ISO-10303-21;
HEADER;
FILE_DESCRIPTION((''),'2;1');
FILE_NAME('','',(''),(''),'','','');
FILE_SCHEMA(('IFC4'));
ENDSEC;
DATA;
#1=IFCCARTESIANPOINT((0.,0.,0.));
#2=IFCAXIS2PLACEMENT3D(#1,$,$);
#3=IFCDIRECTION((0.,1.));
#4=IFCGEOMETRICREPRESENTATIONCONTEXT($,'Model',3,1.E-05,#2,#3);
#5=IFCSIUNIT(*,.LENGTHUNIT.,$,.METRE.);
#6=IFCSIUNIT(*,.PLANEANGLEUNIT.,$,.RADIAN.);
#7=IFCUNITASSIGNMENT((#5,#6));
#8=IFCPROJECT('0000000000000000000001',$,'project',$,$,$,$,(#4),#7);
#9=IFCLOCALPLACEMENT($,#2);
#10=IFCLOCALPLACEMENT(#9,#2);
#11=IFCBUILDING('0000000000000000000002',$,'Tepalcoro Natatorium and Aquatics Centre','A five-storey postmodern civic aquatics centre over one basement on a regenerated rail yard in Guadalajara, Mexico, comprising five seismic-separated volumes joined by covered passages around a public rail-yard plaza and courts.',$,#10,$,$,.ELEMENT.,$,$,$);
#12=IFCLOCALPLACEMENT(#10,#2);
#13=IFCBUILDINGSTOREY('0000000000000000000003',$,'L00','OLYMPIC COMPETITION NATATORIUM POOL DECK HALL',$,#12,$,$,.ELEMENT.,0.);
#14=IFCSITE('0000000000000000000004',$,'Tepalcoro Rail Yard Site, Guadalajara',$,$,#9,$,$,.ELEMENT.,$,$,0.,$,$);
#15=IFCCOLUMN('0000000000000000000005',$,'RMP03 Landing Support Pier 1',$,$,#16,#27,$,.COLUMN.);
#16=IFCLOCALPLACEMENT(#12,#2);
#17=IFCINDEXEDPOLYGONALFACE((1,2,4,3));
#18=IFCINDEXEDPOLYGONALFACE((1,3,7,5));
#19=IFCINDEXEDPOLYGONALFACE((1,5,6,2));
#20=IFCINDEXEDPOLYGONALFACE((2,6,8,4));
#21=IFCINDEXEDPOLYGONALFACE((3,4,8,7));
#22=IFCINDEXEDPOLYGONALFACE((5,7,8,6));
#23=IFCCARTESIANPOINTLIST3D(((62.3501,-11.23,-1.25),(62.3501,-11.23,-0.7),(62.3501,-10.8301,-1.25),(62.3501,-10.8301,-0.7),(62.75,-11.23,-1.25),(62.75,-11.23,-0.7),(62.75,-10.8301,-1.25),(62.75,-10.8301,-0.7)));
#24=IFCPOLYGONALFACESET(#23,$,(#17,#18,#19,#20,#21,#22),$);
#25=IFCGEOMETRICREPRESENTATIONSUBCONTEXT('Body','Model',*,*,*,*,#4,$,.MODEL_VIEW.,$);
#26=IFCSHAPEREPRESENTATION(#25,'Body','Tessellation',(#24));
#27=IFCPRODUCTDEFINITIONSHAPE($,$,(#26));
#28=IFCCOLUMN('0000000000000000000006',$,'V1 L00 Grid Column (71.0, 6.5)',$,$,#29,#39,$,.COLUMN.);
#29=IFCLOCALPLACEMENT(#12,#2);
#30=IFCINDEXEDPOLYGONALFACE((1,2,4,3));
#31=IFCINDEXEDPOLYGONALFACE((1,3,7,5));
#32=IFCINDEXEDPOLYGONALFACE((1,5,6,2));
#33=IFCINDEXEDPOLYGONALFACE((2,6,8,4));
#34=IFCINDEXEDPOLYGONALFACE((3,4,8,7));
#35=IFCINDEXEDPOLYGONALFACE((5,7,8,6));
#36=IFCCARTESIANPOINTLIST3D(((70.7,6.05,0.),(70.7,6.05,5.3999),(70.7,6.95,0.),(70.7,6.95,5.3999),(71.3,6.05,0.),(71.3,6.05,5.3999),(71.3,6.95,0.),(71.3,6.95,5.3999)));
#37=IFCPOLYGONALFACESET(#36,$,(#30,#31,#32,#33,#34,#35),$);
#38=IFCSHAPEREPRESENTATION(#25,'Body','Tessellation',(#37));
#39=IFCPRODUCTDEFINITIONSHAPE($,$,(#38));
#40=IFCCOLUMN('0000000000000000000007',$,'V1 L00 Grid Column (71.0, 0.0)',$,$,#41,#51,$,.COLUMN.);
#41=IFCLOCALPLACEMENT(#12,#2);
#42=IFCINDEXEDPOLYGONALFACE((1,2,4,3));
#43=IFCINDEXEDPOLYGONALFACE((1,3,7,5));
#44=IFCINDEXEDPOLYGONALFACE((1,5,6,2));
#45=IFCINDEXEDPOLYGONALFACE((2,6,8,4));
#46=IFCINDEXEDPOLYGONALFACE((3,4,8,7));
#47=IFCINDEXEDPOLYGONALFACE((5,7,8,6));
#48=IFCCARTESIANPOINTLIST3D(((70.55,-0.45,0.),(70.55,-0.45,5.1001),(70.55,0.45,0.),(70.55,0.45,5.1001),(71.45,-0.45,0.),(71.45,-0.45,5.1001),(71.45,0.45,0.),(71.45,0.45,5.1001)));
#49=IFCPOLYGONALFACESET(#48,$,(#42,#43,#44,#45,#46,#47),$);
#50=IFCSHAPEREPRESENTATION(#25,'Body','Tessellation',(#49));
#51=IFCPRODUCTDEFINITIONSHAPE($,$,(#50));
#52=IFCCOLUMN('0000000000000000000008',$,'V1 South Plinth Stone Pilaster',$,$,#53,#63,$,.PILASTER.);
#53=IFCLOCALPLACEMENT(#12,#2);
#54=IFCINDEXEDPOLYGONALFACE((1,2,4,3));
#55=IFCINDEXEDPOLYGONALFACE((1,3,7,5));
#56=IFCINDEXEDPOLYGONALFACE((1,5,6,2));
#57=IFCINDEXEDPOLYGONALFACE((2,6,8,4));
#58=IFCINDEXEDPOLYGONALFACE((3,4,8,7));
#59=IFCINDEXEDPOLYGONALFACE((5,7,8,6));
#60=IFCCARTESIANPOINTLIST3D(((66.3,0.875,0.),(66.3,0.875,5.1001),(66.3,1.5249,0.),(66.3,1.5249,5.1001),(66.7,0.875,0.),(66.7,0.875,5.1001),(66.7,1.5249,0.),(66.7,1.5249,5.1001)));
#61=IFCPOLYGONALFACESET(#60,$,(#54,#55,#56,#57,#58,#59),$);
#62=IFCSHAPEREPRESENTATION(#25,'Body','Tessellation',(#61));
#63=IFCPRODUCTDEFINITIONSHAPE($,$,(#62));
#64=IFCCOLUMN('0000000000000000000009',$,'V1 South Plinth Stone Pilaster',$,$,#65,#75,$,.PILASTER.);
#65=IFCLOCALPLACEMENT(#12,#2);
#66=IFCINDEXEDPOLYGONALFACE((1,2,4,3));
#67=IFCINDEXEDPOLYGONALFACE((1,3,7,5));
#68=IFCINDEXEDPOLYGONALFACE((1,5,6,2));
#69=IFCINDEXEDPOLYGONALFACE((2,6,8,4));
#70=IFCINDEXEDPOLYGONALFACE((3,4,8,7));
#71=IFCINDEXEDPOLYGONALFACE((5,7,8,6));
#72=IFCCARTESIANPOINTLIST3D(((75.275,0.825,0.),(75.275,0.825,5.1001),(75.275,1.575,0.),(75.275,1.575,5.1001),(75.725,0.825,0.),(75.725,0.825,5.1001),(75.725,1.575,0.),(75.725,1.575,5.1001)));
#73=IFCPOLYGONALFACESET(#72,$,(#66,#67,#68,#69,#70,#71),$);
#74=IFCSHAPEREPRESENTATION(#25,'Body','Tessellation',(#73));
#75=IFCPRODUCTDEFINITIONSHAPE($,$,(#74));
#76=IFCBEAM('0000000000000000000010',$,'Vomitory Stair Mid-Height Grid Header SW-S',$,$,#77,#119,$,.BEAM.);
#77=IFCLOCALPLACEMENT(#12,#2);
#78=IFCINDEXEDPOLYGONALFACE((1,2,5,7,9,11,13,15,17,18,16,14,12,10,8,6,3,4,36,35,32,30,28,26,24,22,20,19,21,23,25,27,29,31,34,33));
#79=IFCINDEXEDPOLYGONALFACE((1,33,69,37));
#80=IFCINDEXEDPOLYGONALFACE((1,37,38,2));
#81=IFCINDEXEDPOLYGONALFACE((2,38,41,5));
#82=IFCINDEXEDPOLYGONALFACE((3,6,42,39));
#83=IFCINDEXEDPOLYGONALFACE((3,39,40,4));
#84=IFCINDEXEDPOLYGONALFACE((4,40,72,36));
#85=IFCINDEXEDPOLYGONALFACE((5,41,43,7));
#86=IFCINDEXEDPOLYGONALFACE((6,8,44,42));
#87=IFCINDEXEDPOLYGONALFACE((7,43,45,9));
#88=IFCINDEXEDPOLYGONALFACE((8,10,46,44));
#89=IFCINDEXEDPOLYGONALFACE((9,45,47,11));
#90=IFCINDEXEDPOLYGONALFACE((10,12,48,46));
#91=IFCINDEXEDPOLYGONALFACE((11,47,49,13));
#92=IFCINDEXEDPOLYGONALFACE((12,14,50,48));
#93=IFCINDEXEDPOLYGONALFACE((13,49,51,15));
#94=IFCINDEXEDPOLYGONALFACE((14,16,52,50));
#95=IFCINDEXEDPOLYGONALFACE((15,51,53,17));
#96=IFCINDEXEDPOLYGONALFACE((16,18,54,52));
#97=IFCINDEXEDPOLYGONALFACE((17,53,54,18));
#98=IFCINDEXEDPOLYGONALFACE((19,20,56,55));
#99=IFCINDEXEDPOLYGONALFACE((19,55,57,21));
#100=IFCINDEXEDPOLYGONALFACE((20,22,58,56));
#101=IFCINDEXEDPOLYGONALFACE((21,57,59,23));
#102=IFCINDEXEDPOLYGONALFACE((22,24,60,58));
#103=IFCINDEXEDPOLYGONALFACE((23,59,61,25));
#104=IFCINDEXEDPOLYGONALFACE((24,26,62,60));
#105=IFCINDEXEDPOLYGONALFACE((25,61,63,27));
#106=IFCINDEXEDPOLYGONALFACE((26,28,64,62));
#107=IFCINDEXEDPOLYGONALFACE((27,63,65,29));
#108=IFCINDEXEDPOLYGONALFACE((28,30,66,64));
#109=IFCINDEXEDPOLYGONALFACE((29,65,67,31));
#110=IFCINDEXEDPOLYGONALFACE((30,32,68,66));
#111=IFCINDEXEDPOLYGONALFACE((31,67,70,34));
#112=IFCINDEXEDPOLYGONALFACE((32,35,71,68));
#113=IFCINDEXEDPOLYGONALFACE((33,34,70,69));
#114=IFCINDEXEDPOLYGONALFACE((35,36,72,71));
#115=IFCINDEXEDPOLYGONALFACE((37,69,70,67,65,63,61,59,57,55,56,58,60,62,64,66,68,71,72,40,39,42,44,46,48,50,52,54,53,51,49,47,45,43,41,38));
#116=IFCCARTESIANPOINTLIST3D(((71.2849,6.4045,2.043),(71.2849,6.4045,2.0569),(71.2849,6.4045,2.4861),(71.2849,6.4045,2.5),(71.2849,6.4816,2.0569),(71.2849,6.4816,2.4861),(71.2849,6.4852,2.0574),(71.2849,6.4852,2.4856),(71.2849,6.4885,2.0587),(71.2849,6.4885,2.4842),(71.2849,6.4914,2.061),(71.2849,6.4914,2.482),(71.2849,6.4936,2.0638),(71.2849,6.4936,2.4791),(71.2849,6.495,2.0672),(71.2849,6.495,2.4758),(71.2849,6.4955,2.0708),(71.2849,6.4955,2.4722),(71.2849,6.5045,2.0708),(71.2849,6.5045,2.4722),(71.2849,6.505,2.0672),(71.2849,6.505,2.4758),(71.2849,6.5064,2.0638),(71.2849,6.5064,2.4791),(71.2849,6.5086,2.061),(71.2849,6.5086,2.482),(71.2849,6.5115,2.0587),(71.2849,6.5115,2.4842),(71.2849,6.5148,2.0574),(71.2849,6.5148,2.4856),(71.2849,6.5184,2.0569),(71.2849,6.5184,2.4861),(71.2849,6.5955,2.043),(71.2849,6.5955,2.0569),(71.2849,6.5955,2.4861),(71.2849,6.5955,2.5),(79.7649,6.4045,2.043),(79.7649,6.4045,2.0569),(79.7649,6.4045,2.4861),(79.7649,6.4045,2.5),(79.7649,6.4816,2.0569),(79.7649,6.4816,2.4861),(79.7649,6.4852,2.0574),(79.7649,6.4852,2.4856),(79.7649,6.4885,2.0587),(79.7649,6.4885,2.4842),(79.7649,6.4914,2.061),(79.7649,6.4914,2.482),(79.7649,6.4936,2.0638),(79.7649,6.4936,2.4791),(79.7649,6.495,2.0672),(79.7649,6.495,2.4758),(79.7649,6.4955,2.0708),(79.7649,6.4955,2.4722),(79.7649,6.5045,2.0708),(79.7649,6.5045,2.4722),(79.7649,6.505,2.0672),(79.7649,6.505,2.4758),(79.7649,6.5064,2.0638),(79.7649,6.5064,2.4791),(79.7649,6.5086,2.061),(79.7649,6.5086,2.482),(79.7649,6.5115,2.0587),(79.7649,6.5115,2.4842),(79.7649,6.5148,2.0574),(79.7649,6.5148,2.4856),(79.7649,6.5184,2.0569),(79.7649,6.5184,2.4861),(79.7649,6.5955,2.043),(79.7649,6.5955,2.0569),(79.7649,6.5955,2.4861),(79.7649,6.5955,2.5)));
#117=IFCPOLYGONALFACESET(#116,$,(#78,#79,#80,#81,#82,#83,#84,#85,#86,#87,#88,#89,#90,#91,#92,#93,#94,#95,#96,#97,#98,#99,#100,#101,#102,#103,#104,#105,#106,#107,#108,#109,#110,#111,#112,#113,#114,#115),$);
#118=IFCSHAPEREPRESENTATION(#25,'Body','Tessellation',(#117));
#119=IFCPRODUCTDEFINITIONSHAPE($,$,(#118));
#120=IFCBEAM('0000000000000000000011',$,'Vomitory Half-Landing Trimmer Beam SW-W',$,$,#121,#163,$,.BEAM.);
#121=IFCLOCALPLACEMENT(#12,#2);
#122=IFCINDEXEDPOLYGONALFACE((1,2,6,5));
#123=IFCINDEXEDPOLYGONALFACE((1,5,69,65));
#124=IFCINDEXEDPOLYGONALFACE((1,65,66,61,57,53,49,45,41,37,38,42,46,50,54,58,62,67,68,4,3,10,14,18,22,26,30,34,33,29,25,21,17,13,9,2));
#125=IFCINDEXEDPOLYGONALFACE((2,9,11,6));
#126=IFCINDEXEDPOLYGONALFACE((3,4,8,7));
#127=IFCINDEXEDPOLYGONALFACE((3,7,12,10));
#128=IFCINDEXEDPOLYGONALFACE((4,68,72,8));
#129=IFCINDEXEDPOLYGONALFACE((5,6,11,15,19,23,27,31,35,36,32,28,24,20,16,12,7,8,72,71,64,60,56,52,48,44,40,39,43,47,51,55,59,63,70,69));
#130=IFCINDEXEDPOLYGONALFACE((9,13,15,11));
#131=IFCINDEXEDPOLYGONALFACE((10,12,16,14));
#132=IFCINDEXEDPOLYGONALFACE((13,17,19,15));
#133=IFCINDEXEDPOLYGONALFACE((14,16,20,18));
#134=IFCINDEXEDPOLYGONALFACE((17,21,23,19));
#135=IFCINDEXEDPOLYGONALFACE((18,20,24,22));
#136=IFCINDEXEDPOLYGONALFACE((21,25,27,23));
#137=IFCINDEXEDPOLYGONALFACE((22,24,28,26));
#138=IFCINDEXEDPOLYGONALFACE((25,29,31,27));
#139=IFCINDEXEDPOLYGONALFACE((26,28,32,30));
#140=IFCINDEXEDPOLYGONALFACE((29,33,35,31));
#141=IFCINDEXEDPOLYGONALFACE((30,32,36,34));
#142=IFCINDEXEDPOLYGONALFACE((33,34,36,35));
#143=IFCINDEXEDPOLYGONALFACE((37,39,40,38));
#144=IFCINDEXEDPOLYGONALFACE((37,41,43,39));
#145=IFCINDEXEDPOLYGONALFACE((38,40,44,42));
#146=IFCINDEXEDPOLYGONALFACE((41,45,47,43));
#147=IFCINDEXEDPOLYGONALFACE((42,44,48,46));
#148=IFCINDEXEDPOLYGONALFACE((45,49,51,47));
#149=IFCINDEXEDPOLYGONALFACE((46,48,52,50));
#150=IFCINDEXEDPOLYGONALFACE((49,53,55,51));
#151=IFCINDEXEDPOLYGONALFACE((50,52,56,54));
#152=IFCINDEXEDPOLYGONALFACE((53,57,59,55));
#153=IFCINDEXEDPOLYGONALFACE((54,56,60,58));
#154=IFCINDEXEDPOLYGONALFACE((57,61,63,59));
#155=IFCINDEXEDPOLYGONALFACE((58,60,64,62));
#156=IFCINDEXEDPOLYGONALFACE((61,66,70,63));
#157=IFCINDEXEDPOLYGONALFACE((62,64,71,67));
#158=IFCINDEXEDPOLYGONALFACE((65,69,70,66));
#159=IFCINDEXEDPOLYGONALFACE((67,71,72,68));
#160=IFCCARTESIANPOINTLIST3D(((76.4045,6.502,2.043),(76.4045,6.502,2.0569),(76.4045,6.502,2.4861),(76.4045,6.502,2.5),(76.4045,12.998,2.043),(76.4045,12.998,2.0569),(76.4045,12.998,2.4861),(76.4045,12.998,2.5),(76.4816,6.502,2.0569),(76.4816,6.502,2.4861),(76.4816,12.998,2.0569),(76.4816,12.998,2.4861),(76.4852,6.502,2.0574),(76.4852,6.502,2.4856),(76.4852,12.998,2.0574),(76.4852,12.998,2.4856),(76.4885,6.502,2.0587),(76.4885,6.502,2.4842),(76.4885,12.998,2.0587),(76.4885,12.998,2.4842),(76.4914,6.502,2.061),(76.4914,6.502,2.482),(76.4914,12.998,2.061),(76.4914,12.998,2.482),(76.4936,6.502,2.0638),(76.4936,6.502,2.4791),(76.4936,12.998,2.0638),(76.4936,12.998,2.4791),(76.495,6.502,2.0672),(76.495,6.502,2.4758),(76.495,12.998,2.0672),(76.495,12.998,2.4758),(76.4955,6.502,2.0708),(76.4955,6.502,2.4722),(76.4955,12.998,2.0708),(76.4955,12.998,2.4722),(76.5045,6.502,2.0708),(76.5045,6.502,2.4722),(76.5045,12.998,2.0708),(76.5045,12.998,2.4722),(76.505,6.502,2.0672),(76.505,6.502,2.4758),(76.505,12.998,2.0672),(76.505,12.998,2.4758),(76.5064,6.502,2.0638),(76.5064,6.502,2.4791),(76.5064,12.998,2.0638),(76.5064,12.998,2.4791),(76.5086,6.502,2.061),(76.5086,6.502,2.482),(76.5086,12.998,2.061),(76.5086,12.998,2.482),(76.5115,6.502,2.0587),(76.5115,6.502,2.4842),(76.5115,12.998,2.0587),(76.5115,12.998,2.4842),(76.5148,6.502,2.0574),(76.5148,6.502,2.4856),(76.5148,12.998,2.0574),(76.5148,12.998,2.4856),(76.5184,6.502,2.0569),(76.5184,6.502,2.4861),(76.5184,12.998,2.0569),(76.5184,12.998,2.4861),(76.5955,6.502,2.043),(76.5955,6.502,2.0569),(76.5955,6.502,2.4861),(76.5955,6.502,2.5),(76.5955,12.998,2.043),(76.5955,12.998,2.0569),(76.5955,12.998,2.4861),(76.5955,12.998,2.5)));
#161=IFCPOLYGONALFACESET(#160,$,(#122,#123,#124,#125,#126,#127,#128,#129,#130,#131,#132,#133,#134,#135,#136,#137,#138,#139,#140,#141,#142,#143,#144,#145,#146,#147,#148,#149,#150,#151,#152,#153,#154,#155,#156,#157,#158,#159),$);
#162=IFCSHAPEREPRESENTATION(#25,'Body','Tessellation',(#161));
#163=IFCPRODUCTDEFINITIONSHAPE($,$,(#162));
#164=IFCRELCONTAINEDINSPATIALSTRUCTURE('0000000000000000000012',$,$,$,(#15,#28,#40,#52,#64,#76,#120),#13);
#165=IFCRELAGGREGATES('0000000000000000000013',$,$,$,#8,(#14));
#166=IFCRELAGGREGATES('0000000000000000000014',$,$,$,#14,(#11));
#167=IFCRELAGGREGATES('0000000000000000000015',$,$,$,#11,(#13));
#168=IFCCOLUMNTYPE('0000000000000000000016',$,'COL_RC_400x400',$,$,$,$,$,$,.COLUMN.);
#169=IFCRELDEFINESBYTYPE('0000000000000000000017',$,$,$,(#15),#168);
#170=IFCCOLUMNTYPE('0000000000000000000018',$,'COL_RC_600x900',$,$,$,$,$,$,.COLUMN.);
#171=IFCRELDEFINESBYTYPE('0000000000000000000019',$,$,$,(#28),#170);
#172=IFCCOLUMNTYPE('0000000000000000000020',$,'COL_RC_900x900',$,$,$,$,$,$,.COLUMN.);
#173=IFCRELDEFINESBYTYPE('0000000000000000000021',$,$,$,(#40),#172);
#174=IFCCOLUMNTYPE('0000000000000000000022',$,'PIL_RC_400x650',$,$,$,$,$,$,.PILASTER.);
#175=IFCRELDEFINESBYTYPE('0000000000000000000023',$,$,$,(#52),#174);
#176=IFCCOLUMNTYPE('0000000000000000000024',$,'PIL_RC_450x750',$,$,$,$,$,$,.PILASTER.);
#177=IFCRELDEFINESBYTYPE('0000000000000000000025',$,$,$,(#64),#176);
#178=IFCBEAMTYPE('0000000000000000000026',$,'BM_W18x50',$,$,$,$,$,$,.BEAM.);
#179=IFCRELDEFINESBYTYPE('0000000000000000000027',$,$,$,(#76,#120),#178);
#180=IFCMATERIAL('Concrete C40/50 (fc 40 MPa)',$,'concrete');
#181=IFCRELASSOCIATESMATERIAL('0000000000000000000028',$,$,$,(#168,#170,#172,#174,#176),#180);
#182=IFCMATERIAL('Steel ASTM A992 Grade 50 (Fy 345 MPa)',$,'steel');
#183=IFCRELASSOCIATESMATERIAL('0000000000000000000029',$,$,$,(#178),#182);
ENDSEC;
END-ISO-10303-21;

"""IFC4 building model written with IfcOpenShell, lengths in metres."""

from ifc_helpers import new_model, si_unit, direction, frame, origin, origin_2d, place, context, subcontext, project, spatial, rectangle, i_section, extrude, material, material_profile, profile_set, type_object, element, save


model = new_model("IFC4")

# Units and contexts
model_context = context("Model", 3, precision=1e-05, world=origin(), true_north=direction((0.0, 1.0)))
body_context = subcontext(model_context, "Body", "Model", "MODEL_VIEW")
ifc_project = project(units=[si_unit("LENGTHUNIT", "METRE"), si_unit("PLANEANGLEUNIT", "RADIAN")], contexts=[model_context])

# Site, building, storey
site_placement = place(None, origin())
site = spatial("IfcSite", under=ifc_project, at=site_placement, Name="Tepalcoro Rail Yard Site, Guadalajara", CompositionType="ELEMENT", RefElevation=0.0)
building_placement = place(site_placement, origin())
building = spatial("IfcBuilding", under=site, at=building_placement, Name="Tepalcoro Natatorium and Aquatics Centre", Description="A five-storey postmodern civic aquatics centre over one basement on a regenerated rail yard in Guadalajara, Mexico, comprising five seismic-separated volumes joined by covered passages around a public rail-yard plaza and courts.", CompositionType="ELEMENT")
storey_placement = place(building_placement, origin())
storey = spatial("IfcBuildingStorey", under=building, at=storey_placement, Name="L00", Description="OLYMPIC COMPETITION NATATORIUM POOL DECK HALL", CompositionType="ELEMENT", Elevation=0.0)

# Columns
ifc_material_1 = material(Name="Concrete C40/50 (fc 40 MPa)", Category="concrete")
ifc_material_profile_1 = material_profile(ifc_material_1, rectangle(XDim=0.3999, YDim=0.3999, at=origin_2d()), Name="RC400x400")
ifc_profile_set_1 = profile_set([ifc_material_profile_1], Name="Concrete C40/50 (fc 40 MPa)")
column_type_1 = type_object("IfcColumnType", Name="COL_RC_400x400", PredefinedType="COLUMN", material=ifc_profile_set_1)
column_1_placement = place(storey_placement, frame((62.55, -11.03, -1.25), z_axis=(0.0, 0.0, 1.0), x_axis=(1.0, 0.0, 0.0)))
element("IfcColumn", 1, at=column_1_placement, inside=storey, type_object=column_type_1, Name="RMP03 Landing Support Pier 1", PredefinedType="COLUMN", context=body_context, shape_type="SweptSolid", body=[
    extrude(rectangle(XDim=0.3999, YDim=0.3999, at=origin_2d()), origin(), (0.0, 0.0, 1.0), 0.55),
])
ifc_material_profile_2 = material_profile(ifc_material_1, rectangle(XDim=0.6001, YDim=0.8999, at=origin_2d()), Name="RC600x900")
ifc_profile_set_2 = profile_set([ifc_material_profile_2], Name="Concrete C40/50 (fc 40 MPa)")
column_type_2 = type_object("IfcColumnType", Name="COL_RC_600x900", PredefinedType="COLUMN", material=ifc_profile_set_2)
column_2_placement = place(storey_placement, frame((71.0, 6.5, 0.0), z_axis=(0.0, 0.0, 1.0), x_axis=(1.0, 0.0, 0.0)))
element("IfcColumn", 2, at=column_2_placement, inside=storey, type_object=column_type_2, Name="V1 L00 Grid Column (71.0, 6.5)", PredefinedType="COLUMN", context=body_context, shape_type="SweptSolid", body=[
    extrude(rectangle(XDim=0.6001, YDim=0.8999, at=origin_2d()), origin(), (0.0, 0.0, 1.0), 5.3999),
])
ifc_material_profile_3 = material_profile(ifc_material_1, rectangle(XDim=0.8999, YDim=0.8999, at=origin_2d()), Name="RC900x900")
ifc_profile_set_3 = profile_set([ifc_material_profile_3], Name="Concrete C40/50 (fc 40 MPa)")
column_type_3 = type_object("IfcColumnType", Name="COL_RC_900x900", PredefinedType="COLUMN", material=ifc_profile_set_3)
column_3_placement = place(storey_placement, frame((71.0, 0.0, 0.0), z_axis=(0.0, 0.0, 1.0), x_axis=(1.0, 0.0, 0.0)))
element("IfcColumn", 3, at=column_3_placement, inside=storey, type_object=column_type_3, Name="V1 L00 Grid Column (71.0, 0.0)", PredefinedType="COLUMN", context=body_context, shape_type="SweptSolid", body=[
    extrude(rectangle(XDim=0.8999, YDim=0.8999, at=origin_2d()), origin(), (0.0, 0.0, 1.0), 5.1001),
])
ifc_material_profile_4 = material_profile(ifc_material_1, rectangle(XDim=0.3999, YDim=0.6499, at=origin_2d()), Name="PIL400x650")
ifc_profile_set_4 = profile_set([ifc_material_profile_4], Name="Concrete C40/50 (fc 40 MPa)")
column_type_4 = type_object("IfcColumnType", Name="PIL_RC_400x650", PredefinedType="PILASTER", material=ifc_profile_set_4)
column_4_placement = place(storey_placement, frame((66.5, 1.2, 0.0), z_axis=(0.0, 0.0, 1.0), x_axis=(1.0, 0.0, 0.0)))
element("IfcColumn", 4, at=column_4_placement, inside=storey, type_object=column_type_4, Name="V1 South Plinth Stone Pilaster", PredefinedType="PILASTER", context=body_context, shape_type="SweptSolid", body=[
    extrude(rectangle(XDim=0.3999, YDim=0.6499, at=origin_2d()), origin(), (0.0, 0.0, 1.0), 5.1001),
])
ifc_material_profile_5 = material_profile(ifc_material_1, rectangle(XDim=0.45, YDim=0.75, at=origin_2d()), Name="PIL450x750")
ifc_profile_set_5 = profile_set([ifc_material_profile_5], Name="Concrete C40/50 (fc 40 MPa)")
column_type_5 = type_object("IfcColumnType", Name="PIL_RC_450x750", PredefinedType="PILASTER", material=ifc_profile_set_5)
column_5_placement = place(storey_placement, frame((75.5, 1.2, 0.0), z_axis=(0.0, 0.0, 1.0), x_axis=(1.0, 0.0, 0.0)))
element("IfcColumn", 5, at=column_5_placement, inside=storey, type_object=column_type_5, Name="V1 South Plinth Stone Pilaster", PredefinedType="PILASTER", context=body_context, shape_type="SweptSolid", body=[
    extrude(rectangle(XDim=0.45, YDim=0.75, at=origin_2d()), origin(), (0.0, 0.0, 1.0), 5.1001),
])

# Beams
ifc_material_2 = material(Name="Steel ASTM A992 Grade 50 (Fy 345 MPa)", Category="steel")
ifc_material_profile_6 = material_profile(ifc_material_2, i_section(OverallWidth=0.1909, OverallDepth=0.457, WebThickness=0.009, FlangeThickness=0.0139, FilletRadius=0.0139, at=origin_2d()), Name="W18X50")
ifc_profile_set_6 = profile_set([ifc_material_profile_6], Name="Steel ASTM A992 Grade 50 (Fy 345 MPa)")
beam_type_1 = type_object("IfcBeamType", Name="BM_W18x50", PredefinedType="BEAM", material=ifc_profile_set_6)
beam_1_placement = place(storey_placement, frame((71.2849, 6.5, 2.2715), z_axis=(1.0, 0.0, 0.0), x_axis=(0.0, 1.0, 0.0)))
element("IfcBeam", 6, at=beam_1_placement, inside=storey, type_object=beam_type_1, Name="Vomitory Stair Mid-Height Grid Header SW-S", PredefinedType="BEAM", context=body_context, shape_type="SweptSolid", body=[
    extrude(i_section(OverallWidth=0.1909, OverallDepth=0.457, WebThickness=0.009, FlangeThickness=0.0139, FilletRadius=0.0139, at=origin_2d()), origin(), (0.0, 0.0, 1.0), 8.48),
])
beam_2_placement = place(storey_placement, frame((76.5, 6.502, 2.2715), z_axis=(0.0, 1.0, 0.0), x_axis=(-1.0, 0.0, 0.0)))
element("IfcBeam", 7, at=beam_2_placement, inside=storey, type_object=beam_type_1, Name="Vomitory Half-Landing Trimmer Beam SW-W", PredefinedType="BEAM", context=body_context, shape_type="SweptSolid", body=[
    extrude(i_section(OverallWidth=0.1909, OverallDepth=0.457, WebThickness=0.009, FlangeThickness=0.0139, FilletRadius=0.0139, at=origin_2d()), origin(), (0.0, 0.0, 1.0), 6.4961),
])

save(model, "model.ifc")
